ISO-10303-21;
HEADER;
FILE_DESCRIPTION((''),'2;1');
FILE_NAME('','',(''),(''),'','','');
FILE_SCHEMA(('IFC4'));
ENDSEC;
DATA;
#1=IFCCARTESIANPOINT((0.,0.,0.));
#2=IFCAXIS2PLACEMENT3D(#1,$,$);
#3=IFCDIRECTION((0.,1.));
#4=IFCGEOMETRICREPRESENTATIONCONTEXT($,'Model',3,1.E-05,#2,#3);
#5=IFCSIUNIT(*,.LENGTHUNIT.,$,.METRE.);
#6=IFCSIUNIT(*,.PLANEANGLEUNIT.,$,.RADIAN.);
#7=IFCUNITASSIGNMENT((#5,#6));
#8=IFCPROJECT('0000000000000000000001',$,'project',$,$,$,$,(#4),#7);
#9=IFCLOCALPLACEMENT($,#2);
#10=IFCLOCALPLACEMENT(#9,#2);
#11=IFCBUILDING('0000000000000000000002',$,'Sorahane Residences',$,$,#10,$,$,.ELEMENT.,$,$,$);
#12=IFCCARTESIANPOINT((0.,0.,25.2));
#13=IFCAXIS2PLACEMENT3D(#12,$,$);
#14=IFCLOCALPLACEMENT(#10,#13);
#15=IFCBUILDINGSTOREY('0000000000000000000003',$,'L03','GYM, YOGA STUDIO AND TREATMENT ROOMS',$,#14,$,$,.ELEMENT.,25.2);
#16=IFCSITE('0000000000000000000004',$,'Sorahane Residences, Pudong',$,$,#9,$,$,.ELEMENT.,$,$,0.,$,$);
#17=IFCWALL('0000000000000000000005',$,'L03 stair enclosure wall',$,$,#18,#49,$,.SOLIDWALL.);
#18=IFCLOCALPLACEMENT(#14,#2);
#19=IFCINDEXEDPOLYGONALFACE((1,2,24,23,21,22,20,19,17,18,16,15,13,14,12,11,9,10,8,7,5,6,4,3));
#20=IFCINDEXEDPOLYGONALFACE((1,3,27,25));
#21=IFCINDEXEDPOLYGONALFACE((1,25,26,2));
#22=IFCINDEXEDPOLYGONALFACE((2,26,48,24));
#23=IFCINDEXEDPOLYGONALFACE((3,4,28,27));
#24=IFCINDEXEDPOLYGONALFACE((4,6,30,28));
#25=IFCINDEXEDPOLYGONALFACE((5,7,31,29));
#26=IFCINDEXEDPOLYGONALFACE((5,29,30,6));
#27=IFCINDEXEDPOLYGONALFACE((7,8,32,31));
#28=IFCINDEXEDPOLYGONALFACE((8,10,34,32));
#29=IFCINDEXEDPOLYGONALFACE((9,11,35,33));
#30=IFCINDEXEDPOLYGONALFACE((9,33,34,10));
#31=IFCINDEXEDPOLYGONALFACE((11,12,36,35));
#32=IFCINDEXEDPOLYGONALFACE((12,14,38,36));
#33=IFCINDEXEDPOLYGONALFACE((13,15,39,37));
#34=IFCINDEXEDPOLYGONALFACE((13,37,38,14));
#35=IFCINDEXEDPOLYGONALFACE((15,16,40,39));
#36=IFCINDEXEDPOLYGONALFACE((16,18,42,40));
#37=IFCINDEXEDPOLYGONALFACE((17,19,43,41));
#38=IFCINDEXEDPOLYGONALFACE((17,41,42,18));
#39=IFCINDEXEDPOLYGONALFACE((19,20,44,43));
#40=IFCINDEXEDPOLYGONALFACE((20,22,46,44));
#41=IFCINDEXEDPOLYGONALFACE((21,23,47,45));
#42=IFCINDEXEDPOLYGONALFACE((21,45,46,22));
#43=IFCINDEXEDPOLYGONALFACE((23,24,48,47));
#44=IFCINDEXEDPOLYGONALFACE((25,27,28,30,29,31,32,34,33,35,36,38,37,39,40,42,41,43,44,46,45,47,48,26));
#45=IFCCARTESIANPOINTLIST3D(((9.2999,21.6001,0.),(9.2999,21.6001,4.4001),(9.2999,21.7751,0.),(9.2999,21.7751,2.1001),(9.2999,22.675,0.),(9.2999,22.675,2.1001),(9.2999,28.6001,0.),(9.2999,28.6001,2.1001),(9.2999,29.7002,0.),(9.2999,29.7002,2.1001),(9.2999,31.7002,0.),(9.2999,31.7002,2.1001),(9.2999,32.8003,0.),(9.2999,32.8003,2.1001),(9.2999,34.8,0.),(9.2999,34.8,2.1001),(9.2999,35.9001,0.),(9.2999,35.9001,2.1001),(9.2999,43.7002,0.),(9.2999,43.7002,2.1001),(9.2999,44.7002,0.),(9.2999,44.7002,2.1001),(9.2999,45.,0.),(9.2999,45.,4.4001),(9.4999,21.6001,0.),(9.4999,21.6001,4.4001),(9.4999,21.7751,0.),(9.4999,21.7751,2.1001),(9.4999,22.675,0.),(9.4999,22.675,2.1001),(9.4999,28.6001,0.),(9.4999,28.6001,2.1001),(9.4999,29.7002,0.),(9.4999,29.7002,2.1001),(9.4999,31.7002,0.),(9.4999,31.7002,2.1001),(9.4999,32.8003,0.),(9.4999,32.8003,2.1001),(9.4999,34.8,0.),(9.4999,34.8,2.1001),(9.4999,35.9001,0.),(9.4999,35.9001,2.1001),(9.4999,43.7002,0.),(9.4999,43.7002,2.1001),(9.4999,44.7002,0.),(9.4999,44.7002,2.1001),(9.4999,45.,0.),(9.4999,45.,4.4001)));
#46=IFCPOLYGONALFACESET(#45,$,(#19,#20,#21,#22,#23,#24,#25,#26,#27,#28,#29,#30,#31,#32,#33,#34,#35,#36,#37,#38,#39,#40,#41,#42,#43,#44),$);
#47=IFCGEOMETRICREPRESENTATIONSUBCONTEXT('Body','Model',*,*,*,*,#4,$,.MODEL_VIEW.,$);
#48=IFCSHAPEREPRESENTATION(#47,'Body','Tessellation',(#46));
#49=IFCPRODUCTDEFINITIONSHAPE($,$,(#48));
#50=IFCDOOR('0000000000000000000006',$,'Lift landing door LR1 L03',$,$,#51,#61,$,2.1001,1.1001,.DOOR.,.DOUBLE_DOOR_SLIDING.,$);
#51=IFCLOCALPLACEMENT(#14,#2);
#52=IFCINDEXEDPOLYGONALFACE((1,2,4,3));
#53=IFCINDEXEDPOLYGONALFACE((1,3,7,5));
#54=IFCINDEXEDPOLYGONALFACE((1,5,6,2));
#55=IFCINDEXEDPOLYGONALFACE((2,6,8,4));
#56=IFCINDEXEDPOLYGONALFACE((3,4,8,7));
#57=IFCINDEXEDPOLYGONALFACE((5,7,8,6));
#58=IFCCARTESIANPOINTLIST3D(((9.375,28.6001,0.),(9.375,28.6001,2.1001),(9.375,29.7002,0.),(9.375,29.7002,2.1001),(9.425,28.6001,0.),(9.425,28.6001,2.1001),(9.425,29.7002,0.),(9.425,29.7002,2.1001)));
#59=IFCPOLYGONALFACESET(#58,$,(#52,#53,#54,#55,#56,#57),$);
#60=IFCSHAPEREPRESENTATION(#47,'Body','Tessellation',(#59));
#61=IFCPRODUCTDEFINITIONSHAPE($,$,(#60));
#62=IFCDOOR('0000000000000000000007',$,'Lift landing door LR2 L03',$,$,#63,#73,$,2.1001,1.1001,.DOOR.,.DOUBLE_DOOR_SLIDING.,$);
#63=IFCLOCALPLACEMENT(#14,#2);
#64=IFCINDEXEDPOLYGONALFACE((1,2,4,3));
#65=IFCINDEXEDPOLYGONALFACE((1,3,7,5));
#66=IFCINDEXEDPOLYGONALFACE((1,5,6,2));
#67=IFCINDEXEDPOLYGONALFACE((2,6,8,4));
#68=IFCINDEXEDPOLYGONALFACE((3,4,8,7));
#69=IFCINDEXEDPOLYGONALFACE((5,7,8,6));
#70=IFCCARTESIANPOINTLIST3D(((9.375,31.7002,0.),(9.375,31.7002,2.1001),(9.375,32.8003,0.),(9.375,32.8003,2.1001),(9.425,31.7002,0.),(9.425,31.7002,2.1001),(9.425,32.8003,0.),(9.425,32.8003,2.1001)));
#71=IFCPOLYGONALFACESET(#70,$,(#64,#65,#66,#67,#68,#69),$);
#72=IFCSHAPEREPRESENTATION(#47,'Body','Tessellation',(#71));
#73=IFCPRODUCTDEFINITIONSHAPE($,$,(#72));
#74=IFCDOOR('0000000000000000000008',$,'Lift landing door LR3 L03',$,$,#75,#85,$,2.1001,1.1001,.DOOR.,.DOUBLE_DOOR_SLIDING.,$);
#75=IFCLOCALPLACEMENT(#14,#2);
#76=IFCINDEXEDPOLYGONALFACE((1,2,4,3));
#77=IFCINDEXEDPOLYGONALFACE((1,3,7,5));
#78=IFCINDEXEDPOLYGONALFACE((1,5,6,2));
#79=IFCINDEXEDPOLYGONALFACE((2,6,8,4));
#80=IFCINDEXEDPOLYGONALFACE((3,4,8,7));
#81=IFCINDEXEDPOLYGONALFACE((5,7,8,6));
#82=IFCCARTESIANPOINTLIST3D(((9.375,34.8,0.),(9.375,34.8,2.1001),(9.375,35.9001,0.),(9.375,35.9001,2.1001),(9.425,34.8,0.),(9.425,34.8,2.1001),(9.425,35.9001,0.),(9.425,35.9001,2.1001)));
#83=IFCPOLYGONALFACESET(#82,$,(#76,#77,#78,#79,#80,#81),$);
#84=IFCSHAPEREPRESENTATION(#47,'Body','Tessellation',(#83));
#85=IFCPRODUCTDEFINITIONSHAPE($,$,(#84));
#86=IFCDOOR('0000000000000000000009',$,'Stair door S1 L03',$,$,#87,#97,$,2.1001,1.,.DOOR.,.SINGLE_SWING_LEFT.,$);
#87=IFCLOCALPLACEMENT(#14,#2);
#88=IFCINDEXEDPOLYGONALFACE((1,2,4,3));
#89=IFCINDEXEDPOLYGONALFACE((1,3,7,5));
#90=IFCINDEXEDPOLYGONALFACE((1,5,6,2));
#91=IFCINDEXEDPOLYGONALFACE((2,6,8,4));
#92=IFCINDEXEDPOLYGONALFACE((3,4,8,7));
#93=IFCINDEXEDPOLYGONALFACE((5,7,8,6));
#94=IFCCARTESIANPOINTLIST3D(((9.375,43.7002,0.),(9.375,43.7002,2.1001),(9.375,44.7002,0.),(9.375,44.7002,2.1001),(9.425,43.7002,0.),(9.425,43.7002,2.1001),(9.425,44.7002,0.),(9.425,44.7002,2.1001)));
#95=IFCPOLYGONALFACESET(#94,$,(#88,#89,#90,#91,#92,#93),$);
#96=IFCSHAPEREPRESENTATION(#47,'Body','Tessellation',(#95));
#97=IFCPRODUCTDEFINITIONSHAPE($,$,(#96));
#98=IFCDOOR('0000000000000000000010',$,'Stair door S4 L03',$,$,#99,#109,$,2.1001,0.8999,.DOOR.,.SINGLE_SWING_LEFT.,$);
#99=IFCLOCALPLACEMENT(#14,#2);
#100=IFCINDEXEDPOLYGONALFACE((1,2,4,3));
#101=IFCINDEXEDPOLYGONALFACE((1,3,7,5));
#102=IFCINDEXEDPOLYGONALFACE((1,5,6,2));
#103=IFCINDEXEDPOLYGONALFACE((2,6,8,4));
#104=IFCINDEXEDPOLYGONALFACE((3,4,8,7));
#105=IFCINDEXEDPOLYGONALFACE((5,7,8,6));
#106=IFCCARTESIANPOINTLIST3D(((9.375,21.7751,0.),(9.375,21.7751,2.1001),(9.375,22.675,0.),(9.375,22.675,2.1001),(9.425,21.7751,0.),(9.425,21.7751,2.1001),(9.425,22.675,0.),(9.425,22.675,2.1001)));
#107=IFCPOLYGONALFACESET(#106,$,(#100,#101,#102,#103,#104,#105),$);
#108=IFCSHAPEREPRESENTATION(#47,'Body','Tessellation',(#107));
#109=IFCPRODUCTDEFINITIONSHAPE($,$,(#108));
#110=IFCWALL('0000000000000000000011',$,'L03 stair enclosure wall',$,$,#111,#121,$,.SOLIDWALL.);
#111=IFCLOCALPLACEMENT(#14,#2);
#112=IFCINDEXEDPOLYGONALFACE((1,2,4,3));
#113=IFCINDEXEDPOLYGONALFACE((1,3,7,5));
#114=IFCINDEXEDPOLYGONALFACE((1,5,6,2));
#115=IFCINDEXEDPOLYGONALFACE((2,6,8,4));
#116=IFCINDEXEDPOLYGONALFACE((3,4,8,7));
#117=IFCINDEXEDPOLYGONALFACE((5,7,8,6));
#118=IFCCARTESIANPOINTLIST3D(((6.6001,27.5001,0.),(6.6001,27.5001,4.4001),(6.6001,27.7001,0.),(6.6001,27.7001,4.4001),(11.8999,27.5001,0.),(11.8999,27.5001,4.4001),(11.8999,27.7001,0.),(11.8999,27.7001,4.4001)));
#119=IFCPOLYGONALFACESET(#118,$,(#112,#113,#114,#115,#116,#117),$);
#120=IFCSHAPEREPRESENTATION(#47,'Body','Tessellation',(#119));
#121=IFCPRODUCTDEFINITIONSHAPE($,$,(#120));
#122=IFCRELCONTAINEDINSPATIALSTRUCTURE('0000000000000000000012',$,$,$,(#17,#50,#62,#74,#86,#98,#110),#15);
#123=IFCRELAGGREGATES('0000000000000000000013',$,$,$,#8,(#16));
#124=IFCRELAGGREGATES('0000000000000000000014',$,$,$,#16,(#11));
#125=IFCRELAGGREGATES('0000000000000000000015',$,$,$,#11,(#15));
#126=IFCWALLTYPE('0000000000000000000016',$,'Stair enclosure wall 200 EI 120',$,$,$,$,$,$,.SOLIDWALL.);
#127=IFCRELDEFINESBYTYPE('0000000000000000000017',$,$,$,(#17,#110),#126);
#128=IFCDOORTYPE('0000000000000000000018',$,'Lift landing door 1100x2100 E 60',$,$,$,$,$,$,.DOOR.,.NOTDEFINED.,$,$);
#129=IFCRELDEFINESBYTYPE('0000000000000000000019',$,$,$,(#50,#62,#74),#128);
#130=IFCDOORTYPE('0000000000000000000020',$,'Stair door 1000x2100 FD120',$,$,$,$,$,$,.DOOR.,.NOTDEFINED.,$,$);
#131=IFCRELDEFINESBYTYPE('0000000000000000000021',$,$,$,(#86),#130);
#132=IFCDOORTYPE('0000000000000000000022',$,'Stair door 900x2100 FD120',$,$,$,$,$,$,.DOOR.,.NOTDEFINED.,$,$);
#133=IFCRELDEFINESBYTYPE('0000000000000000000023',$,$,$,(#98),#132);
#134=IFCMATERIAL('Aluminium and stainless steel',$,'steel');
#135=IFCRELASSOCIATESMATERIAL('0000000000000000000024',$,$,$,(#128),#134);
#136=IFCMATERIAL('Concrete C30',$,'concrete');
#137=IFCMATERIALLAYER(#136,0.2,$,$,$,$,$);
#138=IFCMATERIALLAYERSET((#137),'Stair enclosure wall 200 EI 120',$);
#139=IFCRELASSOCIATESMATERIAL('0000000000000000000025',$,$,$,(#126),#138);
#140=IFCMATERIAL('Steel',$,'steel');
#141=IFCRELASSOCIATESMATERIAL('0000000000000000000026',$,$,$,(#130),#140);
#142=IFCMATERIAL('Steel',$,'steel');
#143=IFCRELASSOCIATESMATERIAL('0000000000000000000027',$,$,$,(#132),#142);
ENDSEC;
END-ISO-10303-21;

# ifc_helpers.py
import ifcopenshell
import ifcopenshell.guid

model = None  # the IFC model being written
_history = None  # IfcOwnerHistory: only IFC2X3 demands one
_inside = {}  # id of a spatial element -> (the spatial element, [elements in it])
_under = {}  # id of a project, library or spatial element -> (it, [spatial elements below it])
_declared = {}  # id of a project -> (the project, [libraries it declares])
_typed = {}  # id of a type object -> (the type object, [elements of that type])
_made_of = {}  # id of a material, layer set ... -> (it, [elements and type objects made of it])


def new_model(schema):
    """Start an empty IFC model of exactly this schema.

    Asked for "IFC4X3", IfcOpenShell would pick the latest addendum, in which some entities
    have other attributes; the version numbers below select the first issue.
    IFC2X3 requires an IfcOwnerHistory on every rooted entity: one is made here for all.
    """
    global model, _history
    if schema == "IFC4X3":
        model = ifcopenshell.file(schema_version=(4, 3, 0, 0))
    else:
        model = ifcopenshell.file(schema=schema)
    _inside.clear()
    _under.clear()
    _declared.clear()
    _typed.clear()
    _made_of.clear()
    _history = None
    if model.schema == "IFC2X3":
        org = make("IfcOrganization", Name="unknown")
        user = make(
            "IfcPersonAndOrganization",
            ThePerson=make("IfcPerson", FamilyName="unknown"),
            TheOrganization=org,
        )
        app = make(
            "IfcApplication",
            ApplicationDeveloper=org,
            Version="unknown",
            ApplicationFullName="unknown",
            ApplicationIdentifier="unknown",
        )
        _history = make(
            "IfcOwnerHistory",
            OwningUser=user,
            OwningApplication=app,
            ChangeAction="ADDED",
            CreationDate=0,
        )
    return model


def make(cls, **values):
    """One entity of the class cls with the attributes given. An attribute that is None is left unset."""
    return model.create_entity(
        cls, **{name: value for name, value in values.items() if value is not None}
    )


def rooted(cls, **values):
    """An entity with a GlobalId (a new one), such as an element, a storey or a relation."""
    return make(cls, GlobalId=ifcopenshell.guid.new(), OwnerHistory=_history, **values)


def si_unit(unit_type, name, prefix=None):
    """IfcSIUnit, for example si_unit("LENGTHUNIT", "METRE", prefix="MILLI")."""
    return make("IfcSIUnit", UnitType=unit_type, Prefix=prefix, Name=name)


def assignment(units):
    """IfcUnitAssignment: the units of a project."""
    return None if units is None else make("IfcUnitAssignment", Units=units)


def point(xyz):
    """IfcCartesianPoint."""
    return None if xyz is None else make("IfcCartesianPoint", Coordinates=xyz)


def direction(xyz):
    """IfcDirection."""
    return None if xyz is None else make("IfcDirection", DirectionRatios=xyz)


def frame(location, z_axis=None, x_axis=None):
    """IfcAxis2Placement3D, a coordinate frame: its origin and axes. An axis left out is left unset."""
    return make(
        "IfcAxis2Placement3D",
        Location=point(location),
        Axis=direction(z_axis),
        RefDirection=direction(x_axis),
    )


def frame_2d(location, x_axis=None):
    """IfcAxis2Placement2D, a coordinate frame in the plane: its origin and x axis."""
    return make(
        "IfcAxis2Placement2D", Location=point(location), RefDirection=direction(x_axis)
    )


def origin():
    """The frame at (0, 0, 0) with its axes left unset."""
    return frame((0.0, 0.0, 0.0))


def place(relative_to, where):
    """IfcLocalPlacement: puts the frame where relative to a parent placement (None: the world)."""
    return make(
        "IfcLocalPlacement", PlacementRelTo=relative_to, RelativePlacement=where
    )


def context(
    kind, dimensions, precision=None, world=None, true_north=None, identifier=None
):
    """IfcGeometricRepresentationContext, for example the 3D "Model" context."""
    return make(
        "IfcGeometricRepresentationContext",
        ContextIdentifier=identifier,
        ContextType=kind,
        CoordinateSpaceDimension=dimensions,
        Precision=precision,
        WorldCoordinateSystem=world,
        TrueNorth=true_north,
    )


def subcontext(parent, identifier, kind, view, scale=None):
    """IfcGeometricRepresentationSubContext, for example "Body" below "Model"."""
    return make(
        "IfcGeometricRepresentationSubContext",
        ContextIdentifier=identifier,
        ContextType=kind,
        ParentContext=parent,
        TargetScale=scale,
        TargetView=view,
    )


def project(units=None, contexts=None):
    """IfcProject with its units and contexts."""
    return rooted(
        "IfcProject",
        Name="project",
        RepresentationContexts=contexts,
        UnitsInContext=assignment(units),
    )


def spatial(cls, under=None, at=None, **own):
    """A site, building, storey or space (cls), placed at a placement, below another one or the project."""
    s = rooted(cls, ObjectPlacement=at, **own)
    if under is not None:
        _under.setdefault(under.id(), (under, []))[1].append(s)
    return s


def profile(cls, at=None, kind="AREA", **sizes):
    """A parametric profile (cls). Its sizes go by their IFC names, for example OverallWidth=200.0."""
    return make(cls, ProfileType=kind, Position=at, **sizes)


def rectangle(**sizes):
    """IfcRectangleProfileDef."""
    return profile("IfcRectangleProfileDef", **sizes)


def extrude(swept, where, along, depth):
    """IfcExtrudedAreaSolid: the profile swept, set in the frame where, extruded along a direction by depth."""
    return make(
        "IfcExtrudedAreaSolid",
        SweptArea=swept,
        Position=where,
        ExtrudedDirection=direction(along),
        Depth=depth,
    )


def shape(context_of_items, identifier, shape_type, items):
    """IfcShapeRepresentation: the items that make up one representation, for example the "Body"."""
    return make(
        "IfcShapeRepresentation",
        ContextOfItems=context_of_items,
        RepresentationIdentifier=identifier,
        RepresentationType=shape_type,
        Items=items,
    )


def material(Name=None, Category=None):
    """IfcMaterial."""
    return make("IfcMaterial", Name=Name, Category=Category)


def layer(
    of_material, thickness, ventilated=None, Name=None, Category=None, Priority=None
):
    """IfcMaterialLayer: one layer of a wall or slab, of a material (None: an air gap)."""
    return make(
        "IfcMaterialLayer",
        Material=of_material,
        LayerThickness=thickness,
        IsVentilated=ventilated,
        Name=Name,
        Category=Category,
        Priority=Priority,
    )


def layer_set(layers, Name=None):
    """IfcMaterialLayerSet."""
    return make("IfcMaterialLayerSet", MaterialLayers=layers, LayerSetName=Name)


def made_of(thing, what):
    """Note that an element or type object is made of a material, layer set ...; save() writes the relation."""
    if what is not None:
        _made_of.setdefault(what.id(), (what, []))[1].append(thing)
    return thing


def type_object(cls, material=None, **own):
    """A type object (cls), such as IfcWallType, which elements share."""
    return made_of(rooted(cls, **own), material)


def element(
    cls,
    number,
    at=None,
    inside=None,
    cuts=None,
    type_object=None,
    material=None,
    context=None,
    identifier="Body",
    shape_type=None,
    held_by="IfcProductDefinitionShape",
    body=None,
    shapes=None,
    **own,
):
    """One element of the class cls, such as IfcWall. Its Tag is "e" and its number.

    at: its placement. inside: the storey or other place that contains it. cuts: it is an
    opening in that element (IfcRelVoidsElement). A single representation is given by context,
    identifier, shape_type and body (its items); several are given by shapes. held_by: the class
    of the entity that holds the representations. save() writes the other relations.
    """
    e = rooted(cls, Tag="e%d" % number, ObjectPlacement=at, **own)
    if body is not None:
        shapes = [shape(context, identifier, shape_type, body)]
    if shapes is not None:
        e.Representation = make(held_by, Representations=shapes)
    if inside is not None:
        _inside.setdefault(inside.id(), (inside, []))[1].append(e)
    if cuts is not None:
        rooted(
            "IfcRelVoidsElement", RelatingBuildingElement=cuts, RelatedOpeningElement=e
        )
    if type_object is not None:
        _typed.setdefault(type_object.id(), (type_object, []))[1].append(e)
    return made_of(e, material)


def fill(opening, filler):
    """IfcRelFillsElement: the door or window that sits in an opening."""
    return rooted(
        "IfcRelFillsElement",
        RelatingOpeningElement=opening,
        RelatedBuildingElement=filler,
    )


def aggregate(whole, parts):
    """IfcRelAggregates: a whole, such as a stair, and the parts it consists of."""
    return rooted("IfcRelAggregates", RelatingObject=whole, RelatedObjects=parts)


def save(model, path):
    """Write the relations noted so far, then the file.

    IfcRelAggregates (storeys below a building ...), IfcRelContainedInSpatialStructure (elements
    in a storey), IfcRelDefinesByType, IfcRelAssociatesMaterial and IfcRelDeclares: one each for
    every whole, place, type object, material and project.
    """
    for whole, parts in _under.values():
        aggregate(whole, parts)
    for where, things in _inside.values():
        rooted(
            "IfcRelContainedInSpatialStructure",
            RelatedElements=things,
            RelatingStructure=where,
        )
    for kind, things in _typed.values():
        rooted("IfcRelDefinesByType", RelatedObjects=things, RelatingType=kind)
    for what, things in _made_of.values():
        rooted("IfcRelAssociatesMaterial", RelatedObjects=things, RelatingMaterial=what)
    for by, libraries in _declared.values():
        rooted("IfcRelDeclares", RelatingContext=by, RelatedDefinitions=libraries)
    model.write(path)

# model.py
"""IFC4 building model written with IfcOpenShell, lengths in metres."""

from ifc_helpers import new_model, si_unit, direction, frame, frame_2d, origin, place, context, subcontext, project, spatial, rectangle, extrude, material, layer, layer_set, type_object, element, fill, save


model = new_model("IFC4")

# Units and contexts
model_context = context("Model", 3, precision=1e-05, world=origin(), true_north=direction((0.0, 1.0)))
body_context = subcontext(model_context, "Body", "Model", "MODEL_VIEW")
ifc_project = project(units=[si_unit("LENGTHUNIT", "METRE"), si_unit("PLANEANGLEUNIT", "RADIAN")], contexts=[model_context])

# Site, building, storey
site_placement = place(None, origin())
site = spatial("IfcSite", under=ifc_project, at=site_placement, Name="Sorahane Residences, Pudong", CompositionType="ELEMENT", RefElevation=0.0)
building_placement = place(site_placement, origin())
building = spatial("IfcBuilding", under=site, at=building_placement, Name="Sorahane Residences", CompositionType="ELEMENT")
storey_placement = place(building_placement, frame((0.0, 0.0, 25.2)))
storey = spatial("IfcBuildingStorey", under=building, at=storey_placement, Name="L03", Description="GYM, YOGA STUDIO AND TREATMENT ROOMS", CompositionType="ELEMENT", Elevation=25.2)

# Shared definitions
ifc_material_1 = material(Name="Aluminium and stainless steel", Category="steel")
door_type_1 = type_object("IfcDoorType", Name="Lift landing door 1100x2100 E 60", OperationType="NOTDEFINED", PredefinedType="DOOR", material=ifc_material_1)

# Wall, openings, doors
ifc_material_2 = material(Name="Concrete C30", Category="concrete")
ifc_layer_1 = layer(ifc_material_2, 0.2)
ifc_layer_set_1 = layer_set([ifc_layer_1], Name="Stair enclosure wall 200 EI 120")
wall_type_1 = type_object("IfcWallType", Name="Stair enclosure wall 200 EI 120", PredefinedType="SOLIDWALL", material=ifc_layer_set_1)
wall_1_placement = place(storey_placement, frame((9.3999, 21.6001, 0.0), z_axis=(0.0, 0.0, 1.0), x_axis=(0.0, 1.0, 0.0)))
wall_1 = element("IfcWall", 1, at=wall_1_placement, inside=storey, type_object=wall_type_1, Name="L03 stair enclosure wall", PredefinedType="SOLIDWALL", context=body_context, shape_type="SweptSolid", body=[
    extrude(rectangle(XDim=23.3999, YDim=0.2, at=frame_2d((11.7, 0.0))), origin(), (0.0, 0.0, 1.0), 4.4001),
])
opening_1_placement = place(wall_1_placement, frame((7.0, 0.0, 0.0)))
opening_1 = element("IfcOpeningElement", 2, at=opening_1_placement, cuts=wall_1, PredefinedType="OPENING", context=body_context, shape_type="SweptSolid", body=[
    extrude(rectangle(XDim=1.1001, YDim=2.1001, at=frame_2d((0.55, 1.05))), frame((0.0, 0.1099, 0.0), z_axis=(0.0, -1.0, 0.0), x_axis=(1.0, 0.0, 0.0)), (0.0, 0.0, 1.0), 0.22),
])
opening_2_placement = place(wall_1_placement, frame((10.1001, 0.0, 0.0)))
opening_2 = element("IfcOpeningElement", 3, at=opening_2_placement, cuts=wall_1, PredefinedType="OPENING", context=body_context, shape_type="SweptSolid", body=[
    extrude(rectangle(XDim=1.1001, YDim=2.1001, at=frame_2d((0.55, 1.05))), frame((0.0, 0.1099, 0.0), z_axis=(0.0, -1.0, 0.0), x_axis=(1.0, 0.0, 0.0)), (0.0, 0.0, 1.0), 0.22),
])
opening_3_placement = place(wall_1_placement, frame((13.2, 0.0, 0.0)))
opening_3 = element("IfcOpeningElement", 4, at=opening_3_placement, cuts=wall_1, PredefinedType="OPENING", context=body_context, shape_type="SweptSolid", body=[
    extrude(rectangle(XDim=1.1001, YDim=2.1001, at=frame_2d((0.55, 1.05))), frame((0.0, 0.1099, 0.0), z_axis=(0.0, -1.0, 0.0), x_axis=(1.0, 0.0, 0.0)), (0.0, 0.0, 1.0), 0.22),
])
opening_4_placement = place(wall_1_placement, frame((22.1001, 0.0, 0.0)))
opening_4 = element("IfcOpeningElement", 5, at=opening_4_placement, cuts=wall_1, PredefinedType="OPENING", context=body_context, shape_type="SweptSolid", body=[
    extrude(rectangle(XDim=1.0, YDim=2.1001, at=frame_2d((0.5, 1.05))), frame((0.0, 0.1099, 0.0), z_axis=(0.0, -1.0, 0.0), x_axis=(1.0, 0.0, 0.0)), (0.0, 0.0, 1.0), 0.22),
])
opening_5_placement = place(wall_1_placement, frame((0.175, 0.0, 0.0)))
opening_5 = element("IfcOpeningElement", 6, at=opening_5_placement, cuts=wall_1, PredefinedType="OPENING", context=body_context, shape_type="SweptSolid", body=[
    extrude(rectangle(XDim=0.8999, YDim=2.1001, at=frame_2d((0.45, 1.05))), frame((0.0, 0.1099, 0.0), z_axis=(0.0, -1.0, 0.0), x_axis=(1.0, 0.0, 0.0)), (0.0, 0.0, 1.0), 0.22),
])
door_1_placement = place(opening_1_placement, origin())
door_1 = element("IfcDoor", 7, at=door_1_placement, inside=storey, type_object=door_type_1, Name="Lift landing door LR1 L03", OperationType="DOUBLE_DOOR_SLIDING", OverallHeight=2.1001, OverallWidth=1.1001, PredefinedType="DOOR", context=body_context, shape_type="SweptSolid", body=[
    extrude(rectangle(XDim=1.1001, YDim=2.1001, at=frame_2d((0.55, 1.05))), frame((0.0, 0.0249, 0.0), z_axis=(0.0, -1.0, 0.0), x_axis=(1.0, 0.0, 0.0)), (0.0, 0.0, 1.0), 0.05),
])
fill(opening_1, door_1)
door_2_placement = place(opening_2_placement, origin())
door_2 = element("IfcDoor", 8, at=door_2_placement, inside=storey, type_object=door_type_1, Name="Lift landing door LR2 L03", OperationType="DOUBLE_DOOR_SLIDING", OverallHeight=2.1001, OverallWidth=1.1001, PredefinedType="DOOR", context=body_context, shape_type="SweptSolid", body=[
    extrude(rectangle(XDim=1.1001, YDim=2.1001, at=frame_2d((0.55, 1.05))), frame((0.0, 0.0249, 0.0), z_axis=(0.0, -1.0, 0.0), x_axis=(1.0, 0.0, 0.0)), (0.0, 0.0, 1.0), 0.05),
])
fill(opening_2, door_2)
door_3_placement = place(opening_3_placement, origin())
door_3 = element("IfcDoor", 9, at=door_3_placement, inside=storey, type_object=door_type_1, Name="Lift landing door LR3 L03", OperationType="DOUBLE_DOOR_SLIDING", OverallHeight=2.1001, OverallWidth=1.1001, PredefinedType="DOOR", context=body_context, shape_type="SweptSolid", body=[
    extrude(rectangle(XDim=1.1001, YDim=2.1001, at=frame_2d((0.55, 1.05))), frame((0.0, 0.0249, 0.0), z_axis=(0.0, -1.0, 0.0), x_axis=(1.0, 0.0, 0.0)), (0.0, 0.0, 1.0), 0.05),
])
fill(opening_3, door_3)
ifc_material_3 = material(Name="Steel", Category="steel")
door_type_2 = type_object("IfcDoorType", Name="Stair door 1000x2100 FD120", OperationType="NOTDEFINED", PredefinedType="DOOR", material=ifc_material_3)
door_4_placement = place(opening_4_placement, origin())
door_4 = element("IfcDoor", 10, at=door_4_placement, inside=storey, type_object=door_type_2, Name="Stair door S1 L03", OperationType="SINGLE_SWING_LEFT", OverallHeight=2.1001, OverallWidth=1.0, PredefinedType="DOOR", context=body_context, shape_type="SweptSolid", body=[
    extrude(rectangle(XDim=1.0, YDim=2.1001, at=frame_2d((0.5, 1.05))), frame((0.0, 0.0249, 0.0), z_axis=(0.0, -1.0, 0.0), x_axis=(1.0, 0.0, 0.0)), (0.0, 0.0, 1.0), 0.05),
])
fill(opening_4, door_4)
ifc_material_4 = material(Name="Steel", Category="steel")
door_type_3 = type_object("IfcDoorType", Name="Stair door 900x2100 FD120", OperationType="NOTDEFINED", PredefinedType="DOOR", material=ifc_material_4)
door_5_placement = place(opening_5_placement, origin())
door_5 = element("IfcDoor", 11, at=door_5_placement, inside=storey, type_object=door_type_3, Name="Stair door S4 L03", OperationType="SINGLE_SWING_LEFT", OverallHeight=2.1001, OverallWidth=0.8999, PredefinedType="DOOR", context=body_context, shape_type="SweptSolid", body=[
    extrude(rectangle(XDim=0.8999, YDim=2.1001, at=frame_2d((0.45, 1.05))), frame((0.0, 0.0249, 0.0), z_axis=(0.0, -1.0, 0.0), x_axis=(1.0, 0.0, 0.0)), (0.0, 0.0, 1.0), 0.05),
])
fill(opening_5, door_5)

# Wall
wall_2_placement = place(storey_placement, frame((6.6001, 27.6001, 0.0), z_axis=(0.0, 0.0, 1.0), x_axis=(1.0, 0.0, 0.0)))
element("IfcWall", 12, at=wall_2_placement, inside=storey, type_object=wall_type_1, Name="L03 stair enclosure wall", PredefinedType="SOLIDWALL", context=body_context, shape_type="SweptSolid", body=[
    extrude(rectangle(XDim=5.2998, YDim=0.2, at=frame_2d((2.6499, 0.0))), origin(), (0.0, 0.0, 1.0), 4.4001),
])

save(model, "model.ifc")
